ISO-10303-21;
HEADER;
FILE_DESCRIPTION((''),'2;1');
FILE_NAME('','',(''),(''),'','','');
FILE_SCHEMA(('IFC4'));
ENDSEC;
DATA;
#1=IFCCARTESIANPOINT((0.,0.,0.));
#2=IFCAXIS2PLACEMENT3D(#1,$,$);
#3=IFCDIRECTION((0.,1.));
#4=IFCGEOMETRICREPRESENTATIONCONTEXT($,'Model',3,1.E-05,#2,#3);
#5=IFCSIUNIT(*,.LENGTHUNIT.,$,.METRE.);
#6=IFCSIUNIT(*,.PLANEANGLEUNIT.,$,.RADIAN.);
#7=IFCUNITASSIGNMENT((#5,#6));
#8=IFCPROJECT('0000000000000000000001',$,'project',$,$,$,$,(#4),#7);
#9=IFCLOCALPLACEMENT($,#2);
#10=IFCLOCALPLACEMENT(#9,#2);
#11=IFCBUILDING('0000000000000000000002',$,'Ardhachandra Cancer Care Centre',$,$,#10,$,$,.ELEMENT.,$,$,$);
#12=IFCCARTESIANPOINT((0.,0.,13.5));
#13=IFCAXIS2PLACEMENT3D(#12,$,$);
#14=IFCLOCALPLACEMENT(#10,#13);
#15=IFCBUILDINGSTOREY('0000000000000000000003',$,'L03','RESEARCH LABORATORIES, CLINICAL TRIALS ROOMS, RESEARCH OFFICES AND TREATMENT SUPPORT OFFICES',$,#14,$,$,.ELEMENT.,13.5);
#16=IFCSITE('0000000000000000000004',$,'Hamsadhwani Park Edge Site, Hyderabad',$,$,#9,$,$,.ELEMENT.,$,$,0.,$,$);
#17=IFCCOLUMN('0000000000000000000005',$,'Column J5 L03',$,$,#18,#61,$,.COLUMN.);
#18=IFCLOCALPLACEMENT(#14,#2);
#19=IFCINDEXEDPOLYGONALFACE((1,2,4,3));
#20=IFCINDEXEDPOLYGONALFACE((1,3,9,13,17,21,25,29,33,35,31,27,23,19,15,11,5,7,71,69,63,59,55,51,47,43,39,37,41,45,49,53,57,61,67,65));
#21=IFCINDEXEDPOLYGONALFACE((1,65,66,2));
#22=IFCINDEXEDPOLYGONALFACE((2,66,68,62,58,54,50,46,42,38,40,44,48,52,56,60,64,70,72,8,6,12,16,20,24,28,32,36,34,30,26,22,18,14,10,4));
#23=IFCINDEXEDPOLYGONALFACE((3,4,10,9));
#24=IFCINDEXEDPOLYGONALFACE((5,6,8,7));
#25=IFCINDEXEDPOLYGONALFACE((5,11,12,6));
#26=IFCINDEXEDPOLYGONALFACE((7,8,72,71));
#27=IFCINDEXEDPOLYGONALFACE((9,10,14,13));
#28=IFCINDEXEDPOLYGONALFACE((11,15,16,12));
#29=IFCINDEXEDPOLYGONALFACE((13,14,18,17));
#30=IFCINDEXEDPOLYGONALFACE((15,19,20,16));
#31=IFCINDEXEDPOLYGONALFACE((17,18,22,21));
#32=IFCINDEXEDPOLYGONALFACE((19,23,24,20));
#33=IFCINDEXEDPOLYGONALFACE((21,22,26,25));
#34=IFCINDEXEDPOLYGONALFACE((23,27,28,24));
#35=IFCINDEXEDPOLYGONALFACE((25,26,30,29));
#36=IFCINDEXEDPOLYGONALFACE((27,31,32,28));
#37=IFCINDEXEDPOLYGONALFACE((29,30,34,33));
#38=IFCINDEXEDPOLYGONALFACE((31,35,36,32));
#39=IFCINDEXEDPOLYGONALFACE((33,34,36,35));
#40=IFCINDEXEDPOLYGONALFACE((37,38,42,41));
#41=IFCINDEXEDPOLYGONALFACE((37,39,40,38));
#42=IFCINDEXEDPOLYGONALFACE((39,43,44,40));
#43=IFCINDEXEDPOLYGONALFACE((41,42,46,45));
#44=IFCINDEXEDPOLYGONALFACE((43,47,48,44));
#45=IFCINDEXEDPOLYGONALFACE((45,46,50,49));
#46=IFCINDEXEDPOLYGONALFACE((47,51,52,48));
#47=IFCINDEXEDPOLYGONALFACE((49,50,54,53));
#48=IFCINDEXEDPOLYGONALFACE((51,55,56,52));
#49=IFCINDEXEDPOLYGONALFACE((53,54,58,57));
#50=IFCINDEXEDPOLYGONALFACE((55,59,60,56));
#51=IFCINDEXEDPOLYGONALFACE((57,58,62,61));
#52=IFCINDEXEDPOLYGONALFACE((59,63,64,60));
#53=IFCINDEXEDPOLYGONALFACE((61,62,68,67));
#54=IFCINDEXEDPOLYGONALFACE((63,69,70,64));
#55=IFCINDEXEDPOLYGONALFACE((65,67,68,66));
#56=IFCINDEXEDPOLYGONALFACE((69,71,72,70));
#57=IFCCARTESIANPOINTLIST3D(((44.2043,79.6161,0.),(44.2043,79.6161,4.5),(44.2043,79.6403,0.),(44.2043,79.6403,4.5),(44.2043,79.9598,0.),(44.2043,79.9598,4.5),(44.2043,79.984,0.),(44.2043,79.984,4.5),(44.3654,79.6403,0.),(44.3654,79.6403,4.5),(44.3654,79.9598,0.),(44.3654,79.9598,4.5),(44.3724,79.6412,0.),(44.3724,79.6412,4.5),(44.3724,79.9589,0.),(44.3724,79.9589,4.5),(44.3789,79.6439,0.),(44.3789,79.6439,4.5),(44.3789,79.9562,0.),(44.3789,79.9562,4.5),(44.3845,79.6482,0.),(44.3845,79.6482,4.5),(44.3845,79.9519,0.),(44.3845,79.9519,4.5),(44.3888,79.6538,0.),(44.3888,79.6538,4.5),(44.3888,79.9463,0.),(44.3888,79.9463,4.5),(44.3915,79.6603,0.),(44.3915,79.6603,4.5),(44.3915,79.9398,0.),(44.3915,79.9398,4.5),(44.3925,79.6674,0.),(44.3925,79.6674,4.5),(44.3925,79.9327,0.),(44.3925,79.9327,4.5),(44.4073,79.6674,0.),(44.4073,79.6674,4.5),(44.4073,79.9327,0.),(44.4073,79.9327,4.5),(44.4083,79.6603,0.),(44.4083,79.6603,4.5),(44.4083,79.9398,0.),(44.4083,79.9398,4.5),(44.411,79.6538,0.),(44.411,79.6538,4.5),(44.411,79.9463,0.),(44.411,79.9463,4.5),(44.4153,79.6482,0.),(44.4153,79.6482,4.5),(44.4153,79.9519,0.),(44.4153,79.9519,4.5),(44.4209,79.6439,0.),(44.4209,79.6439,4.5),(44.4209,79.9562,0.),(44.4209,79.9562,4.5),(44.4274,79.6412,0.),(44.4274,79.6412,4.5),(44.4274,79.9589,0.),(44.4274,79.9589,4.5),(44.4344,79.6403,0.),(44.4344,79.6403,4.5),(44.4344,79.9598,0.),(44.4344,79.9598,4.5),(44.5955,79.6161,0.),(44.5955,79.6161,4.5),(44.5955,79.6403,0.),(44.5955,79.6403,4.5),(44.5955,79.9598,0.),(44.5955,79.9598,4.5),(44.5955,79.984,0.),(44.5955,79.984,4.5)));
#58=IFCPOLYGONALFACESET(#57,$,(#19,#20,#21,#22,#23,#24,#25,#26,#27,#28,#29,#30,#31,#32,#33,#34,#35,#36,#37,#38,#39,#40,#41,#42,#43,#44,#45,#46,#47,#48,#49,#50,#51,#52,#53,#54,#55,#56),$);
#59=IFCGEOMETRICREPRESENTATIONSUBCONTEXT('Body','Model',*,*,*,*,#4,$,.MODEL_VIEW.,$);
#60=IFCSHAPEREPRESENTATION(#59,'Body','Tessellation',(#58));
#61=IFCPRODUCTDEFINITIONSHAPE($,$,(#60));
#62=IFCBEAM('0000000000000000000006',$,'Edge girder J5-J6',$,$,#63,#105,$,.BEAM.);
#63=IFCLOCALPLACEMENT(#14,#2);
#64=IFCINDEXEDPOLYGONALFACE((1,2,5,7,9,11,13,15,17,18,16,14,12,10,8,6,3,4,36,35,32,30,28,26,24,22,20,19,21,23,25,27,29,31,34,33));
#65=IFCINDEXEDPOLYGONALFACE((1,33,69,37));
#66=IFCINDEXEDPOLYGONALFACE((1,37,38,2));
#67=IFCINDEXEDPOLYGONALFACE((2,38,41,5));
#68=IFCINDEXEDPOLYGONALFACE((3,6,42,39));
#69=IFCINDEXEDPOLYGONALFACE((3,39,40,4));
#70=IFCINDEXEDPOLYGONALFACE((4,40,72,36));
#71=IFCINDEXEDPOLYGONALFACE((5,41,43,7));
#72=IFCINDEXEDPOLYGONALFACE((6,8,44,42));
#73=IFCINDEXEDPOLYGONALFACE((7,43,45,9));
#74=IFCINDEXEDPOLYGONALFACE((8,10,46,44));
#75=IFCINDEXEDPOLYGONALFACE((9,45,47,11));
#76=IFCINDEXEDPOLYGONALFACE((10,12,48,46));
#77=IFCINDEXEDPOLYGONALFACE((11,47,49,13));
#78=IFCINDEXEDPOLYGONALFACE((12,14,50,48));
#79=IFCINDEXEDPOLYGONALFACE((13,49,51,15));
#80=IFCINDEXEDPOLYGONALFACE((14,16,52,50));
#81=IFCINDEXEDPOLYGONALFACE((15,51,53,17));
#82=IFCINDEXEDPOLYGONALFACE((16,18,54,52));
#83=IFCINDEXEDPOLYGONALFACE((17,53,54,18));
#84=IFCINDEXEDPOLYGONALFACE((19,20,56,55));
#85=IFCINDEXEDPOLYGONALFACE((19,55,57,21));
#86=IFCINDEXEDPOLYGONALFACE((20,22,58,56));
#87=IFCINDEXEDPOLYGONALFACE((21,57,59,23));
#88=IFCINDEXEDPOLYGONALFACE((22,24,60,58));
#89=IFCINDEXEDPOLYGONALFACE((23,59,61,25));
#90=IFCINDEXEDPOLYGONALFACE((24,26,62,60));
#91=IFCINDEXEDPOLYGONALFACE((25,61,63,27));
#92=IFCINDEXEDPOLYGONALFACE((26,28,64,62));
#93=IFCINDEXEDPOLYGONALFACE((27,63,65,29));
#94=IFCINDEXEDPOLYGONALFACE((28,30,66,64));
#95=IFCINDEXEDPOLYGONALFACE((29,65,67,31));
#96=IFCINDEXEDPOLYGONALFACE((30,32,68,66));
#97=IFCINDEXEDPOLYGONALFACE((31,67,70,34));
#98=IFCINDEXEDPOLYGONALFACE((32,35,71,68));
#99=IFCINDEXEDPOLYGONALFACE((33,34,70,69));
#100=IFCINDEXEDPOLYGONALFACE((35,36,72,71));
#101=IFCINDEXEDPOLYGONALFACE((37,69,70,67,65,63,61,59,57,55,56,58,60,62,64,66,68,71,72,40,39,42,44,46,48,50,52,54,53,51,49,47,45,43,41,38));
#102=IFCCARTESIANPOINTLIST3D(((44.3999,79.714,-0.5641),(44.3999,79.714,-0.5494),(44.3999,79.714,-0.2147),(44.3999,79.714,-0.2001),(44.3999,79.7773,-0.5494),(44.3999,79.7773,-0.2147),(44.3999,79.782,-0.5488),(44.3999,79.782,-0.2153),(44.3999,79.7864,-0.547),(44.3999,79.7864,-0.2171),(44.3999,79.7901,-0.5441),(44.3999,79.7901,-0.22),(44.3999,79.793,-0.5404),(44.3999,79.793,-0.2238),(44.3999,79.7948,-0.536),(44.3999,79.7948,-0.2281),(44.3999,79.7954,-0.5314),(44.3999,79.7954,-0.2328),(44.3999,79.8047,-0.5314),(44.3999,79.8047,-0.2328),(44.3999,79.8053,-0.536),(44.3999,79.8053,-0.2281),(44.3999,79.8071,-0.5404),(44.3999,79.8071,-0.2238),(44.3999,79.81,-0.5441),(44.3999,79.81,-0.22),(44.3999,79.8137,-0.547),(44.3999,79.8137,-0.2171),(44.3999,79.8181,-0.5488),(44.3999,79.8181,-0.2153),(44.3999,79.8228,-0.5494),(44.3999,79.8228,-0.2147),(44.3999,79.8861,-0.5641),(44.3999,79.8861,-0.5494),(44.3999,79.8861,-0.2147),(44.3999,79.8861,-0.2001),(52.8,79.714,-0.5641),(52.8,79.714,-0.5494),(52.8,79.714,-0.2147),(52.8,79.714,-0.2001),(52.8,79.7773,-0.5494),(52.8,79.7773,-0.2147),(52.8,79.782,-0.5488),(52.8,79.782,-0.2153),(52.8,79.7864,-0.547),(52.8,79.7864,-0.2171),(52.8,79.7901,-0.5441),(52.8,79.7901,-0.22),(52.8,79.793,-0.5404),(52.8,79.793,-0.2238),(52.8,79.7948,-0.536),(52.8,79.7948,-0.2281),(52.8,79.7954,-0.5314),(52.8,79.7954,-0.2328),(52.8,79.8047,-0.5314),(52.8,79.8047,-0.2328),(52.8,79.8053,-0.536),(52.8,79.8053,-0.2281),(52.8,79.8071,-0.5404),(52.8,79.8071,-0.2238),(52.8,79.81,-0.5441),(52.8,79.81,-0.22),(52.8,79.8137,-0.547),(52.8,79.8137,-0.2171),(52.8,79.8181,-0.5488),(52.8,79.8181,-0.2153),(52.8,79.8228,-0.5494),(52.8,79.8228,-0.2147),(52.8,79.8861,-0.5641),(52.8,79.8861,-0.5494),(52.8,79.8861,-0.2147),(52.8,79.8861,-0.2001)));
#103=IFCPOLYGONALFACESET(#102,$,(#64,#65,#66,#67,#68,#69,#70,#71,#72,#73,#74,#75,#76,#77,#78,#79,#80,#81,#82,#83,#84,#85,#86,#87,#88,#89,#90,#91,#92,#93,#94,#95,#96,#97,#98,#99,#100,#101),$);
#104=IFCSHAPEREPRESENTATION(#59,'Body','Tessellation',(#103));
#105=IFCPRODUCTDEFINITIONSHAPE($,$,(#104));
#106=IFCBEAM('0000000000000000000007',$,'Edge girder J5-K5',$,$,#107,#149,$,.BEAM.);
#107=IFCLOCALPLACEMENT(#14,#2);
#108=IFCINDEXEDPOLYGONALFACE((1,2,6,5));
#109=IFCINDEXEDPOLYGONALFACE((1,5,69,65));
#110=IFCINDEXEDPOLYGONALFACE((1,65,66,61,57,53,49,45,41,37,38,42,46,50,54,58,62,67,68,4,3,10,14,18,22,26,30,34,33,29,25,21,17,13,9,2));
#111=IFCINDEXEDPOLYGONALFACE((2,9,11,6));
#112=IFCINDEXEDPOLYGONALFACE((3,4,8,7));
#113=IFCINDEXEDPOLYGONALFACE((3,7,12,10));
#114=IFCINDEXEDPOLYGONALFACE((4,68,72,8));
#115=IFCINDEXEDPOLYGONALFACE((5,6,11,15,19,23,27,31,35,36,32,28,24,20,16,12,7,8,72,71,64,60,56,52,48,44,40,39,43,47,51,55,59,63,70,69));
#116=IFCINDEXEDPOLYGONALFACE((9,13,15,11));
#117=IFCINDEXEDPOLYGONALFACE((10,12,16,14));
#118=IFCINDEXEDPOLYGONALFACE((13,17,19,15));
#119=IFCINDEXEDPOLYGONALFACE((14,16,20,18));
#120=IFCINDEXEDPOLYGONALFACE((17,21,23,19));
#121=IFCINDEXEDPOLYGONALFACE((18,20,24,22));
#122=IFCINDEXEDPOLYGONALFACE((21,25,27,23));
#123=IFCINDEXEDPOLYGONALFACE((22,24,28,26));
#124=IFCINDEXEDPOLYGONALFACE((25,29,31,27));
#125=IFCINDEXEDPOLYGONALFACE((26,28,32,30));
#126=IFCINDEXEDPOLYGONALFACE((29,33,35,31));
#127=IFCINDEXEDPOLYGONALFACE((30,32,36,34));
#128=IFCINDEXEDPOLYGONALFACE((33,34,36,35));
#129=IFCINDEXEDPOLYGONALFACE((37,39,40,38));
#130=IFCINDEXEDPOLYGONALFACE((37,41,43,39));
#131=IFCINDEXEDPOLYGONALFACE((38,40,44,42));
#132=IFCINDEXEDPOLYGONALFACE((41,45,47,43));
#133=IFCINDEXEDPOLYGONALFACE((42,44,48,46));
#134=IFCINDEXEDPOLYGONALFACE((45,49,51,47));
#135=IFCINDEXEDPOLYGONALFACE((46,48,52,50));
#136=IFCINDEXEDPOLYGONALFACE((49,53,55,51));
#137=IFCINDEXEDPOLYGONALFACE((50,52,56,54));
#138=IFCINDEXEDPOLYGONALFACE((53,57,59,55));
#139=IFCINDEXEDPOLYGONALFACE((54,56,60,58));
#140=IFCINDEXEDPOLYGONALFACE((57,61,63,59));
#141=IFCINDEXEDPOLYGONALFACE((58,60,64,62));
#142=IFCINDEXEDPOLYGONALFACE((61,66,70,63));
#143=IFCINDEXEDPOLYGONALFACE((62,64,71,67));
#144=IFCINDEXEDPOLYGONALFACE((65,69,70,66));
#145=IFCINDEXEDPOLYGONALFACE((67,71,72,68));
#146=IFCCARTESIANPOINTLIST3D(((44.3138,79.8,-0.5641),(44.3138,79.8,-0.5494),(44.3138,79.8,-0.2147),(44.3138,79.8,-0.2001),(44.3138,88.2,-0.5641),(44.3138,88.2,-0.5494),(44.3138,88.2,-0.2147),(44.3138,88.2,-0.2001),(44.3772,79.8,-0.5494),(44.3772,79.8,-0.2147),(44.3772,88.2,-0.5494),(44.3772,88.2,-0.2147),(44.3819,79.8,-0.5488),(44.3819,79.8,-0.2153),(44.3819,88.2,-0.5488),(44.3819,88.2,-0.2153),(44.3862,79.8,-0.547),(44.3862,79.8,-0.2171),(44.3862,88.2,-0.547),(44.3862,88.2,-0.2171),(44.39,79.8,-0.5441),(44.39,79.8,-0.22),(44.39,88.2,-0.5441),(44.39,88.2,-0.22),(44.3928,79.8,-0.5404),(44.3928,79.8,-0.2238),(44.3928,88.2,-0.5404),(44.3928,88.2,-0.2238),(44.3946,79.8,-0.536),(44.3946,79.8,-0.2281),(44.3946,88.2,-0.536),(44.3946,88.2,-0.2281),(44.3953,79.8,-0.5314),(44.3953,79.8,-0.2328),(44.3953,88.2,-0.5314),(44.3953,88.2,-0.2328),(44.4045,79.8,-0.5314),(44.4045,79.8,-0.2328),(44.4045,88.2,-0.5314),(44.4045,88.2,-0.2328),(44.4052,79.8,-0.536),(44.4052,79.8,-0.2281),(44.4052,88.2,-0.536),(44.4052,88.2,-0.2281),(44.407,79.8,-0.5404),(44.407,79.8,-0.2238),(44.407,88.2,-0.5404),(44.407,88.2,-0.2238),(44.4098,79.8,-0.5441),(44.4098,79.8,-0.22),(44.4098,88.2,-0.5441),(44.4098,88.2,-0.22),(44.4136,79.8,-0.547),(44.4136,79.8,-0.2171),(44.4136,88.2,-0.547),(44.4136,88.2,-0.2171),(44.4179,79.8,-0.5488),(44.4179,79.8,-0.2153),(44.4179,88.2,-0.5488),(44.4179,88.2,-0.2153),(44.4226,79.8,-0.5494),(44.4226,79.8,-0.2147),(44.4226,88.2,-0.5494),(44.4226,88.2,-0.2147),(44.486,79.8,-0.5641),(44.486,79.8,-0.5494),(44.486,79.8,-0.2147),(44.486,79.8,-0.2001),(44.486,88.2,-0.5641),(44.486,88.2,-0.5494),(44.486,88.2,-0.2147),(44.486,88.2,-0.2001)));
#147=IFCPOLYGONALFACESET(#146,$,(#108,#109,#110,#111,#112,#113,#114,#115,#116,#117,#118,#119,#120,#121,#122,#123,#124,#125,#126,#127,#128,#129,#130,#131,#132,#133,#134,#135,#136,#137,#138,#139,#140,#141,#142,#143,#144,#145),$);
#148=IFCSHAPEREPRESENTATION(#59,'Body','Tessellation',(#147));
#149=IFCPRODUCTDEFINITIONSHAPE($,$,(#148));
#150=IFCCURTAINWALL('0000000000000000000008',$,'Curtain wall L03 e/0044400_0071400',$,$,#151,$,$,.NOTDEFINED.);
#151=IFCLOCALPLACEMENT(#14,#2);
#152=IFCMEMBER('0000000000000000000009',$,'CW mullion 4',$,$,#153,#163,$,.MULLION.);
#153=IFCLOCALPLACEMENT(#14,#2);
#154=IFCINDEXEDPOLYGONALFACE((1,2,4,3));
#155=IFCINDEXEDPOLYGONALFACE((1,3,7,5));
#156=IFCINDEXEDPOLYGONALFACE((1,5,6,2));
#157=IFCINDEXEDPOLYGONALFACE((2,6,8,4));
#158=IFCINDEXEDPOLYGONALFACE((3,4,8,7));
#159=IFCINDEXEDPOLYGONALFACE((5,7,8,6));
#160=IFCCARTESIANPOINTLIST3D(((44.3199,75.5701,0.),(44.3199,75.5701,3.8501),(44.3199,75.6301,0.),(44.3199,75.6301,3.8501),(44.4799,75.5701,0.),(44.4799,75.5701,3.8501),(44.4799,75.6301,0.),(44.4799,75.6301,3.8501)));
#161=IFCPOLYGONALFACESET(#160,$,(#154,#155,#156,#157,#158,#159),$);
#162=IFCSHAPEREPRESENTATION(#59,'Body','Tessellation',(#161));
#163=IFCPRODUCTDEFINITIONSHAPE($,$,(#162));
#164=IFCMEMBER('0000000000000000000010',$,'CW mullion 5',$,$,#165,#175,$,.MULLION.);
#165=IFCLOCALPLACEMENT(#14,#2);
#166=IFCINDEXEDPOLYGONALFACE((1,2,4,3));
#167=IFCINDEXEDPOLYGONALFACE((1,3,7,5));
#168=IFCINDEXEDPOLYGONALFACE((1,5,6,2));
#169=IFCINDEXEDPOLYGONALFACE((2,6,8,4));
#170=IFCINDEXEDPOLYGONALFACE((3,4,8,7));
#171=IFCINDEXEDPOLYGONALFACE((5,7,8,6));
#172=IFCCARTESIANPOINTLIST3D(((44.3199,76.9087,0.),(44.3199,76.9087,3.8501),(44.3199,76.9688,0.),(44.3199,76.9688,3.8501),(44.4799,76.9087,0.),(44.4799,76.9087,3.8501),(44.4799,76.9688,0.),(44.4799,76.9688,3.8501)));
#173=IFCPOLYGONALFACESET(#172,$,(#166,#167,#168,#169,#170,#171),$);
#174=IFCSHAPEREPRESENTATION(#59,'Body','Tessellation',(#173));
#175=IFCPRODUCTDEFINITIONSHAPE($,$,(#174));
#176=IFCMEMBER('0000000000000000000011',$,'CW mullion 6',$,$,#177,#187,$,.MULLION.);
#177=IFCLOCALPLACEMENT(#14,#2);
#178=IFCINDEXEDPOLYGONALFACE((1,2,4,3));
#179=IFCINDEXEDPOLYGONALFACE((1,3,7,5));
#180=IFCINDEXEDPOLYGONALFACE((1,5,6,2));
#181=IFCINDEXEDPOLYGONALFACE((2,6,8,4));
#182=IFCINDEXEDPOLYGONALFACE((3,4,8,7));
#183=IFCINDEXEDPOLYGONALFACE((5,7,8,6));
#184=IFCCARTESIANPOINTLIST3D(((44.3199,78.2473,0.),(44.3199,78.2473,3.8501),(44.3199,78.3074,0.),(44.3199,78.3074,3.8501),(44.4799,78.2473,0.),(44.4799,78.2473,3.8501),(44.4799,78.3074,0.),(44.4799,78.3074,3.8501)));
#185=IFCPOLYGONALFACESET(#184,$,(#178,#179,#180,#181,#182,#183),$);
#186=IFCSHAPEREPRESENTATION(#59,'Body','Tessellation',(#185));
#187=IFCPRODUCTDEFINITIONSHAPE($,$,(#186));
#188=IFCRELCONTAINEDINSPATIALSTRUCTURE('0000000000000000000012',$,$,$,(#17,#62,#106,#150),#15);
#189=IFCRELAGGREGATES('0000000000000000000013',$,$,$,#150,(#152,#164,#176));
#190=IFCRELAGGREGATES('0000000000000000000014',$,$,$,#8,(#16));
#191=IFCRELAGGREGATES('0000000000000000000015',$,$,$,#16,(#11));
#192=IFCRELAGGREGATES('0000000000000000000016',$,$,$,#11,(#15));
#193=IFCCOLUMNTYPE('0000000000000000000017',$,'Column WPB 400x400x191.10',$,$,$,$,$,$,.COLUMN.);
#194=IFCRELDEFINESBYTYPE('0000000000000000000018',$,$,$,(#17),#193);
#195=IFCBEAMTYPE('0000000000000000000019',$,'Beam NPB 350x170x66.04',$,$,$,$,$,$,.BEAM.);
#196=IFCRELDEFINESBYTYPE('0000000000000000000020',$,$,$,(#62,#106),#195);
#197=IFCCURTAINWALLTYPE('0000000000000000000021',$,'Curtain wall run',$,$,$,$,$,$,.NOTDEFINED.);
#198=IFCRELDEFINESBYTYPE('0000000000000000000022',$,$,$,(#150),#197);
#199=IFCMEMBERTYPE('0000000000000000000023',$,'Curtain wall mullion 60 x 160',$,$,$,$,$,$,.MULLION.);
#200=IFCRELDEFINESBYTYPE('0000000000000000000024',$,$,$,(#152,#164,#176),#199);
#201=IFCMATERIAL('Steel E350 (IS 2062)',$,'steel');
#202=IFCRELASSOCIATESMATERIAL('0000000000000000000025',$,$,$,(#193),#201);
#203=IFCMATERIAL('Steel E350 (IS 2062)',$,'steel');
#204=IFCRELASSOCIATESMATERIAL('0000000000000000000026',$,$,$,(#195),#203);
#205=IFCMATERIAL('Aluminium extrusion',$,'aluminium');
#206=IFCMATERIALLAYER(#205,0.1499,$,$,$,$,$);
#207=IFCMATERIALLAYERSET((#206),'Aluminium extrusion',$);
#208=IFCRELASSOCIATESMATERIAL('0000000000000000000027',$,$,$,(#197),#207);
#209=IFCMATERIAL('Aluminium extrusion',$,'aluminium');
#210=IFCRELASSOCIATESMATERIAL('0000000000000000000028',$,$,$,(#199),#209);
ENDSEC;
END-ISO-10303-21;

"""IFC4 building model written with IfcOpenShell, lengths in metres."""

from ifc_helpers import new_model, si_unit, direction, frame, origin, origin_2d, place, context, subcontext, project, spatial, rectangle, i_section, extrude, material, layer, layer_set, material_profile, profile_set, type_object, element, aggregate, save


model = new_model("IFC4")

# Units and contexts
model_context = context("Model", 3, precision=1e-05, world=origin(), true_north=direction((0.0, 1.0)))
body_context = subcontext(model_context, "Body", "Model", "MODEL_VIEW")
ifc_project = project(units=[si_unit("LENGTHUNIT", "METRE"), si_unit("PLANEANGLEUNIT", "RADIAN")], contexts=[model_context])

# Site, building, storey
site_placement = place(None, origin())
site = spatial("IfcSite", under=ifc_project, at=site_placement, Name="Hamsadhwani Park Edge Site, Hyderabad", CompositionType="ELEMENT", RefElevation=0.0)
building_placement = place(site_placement, origin())
building = spatial("IfcBuilding", under=site, at=building_placement, Name="Ardhachandra Cancer Care Centre", CompositionType="ELEMENT")
storey_placement = place(building_placement, frame((0.0, 0.0, 13.5)))
storey = spatial("IfcBuildingStorey", under=building, at=storey_placement, Name="L03", Description="RESEARCH LABORATORIES, CLINICAL TRIALS ROOMS, RESEARCH OFFICES AND TREATMENT SUPPORT OFFICES", CompositionType="ELEMENT", Elevation=13.5)

# Column
ifc_material_1 = material(Name="Steel E350 (IS 2062)", Category="steel")
ifc_material_profile_1 = material_profile(ifc_material_1, i_section(OverallWidth=0.3911, OverallDepth=0.3679, WebThickness=0.0149, FlangeThickness=0.0242, FilletRadius=0.0271, at=origin_2d()), Name="WPB 400x400x191.10")
ifc_profile_set_1 = profile_set([ifc_material_profile_1], Name="Steel E350 (IS 2062)")
column_type = type_object("IfcColumnType", Name="Column WPB 400x400x191.10", PredefinedType="COLUMN", material=ifc_profile_set_1)
column_placement = place(storey_placement, frame((44.3999, 79.8, 0.0), z_axis=(0.0, 0.0, 1.0), x_axis=(1.0, 0.0, 0.0)))
element("IfcColumn", 1, at=column_placement, inside=storey, type_object=column_type, Name="Column J5 L03", PredefinedType="COLUMN", context=body_context, shape_type="SweptSolid", body=[
    extrude(i_section(OverallWidth=0.3911, OverallDepth=0.3679, WebThickness=0.0149, FlangeThickness=0.0242, FilletRadius=0.0271, at=origin_2d()), origin(), (0.0, 0.0, 1.0), 4.5),
])

# Beams
ifc_material_2 = material(Name="Steel E350 (IS 2062)", Category="steel")
ifc_material_profile_2 = material_profile(ifc_material_2, i_section(OverallWidth=0.1721, OverallDepth=0.364, WebThickness=0.0093, FlangeThickness=0.0146, FilletRadius=0.0181, at=origin_2d()), Name="NPB 350x170x66.04")
ifc_profile_set_2 = profile_set([ifc_material_profile_2], Name="Steel E350 (IS 2062)")
beam_type = type_object("IfcBeamType", Name="Beam NPB 350x170x66.04", PredefinedType="BEAM", material=ifc_profile_set_2)
beam_1_placement = place(storey_placement, frame((44.3999, 79.8, -0.3821), z_axis=(1.0, 0.0, 0.0), x_axis=(0.0, 1.0, 0.0)))
element("IfcBeam", 2, at=beam_1_placement, inside=storey, type_object=beam_type, Name="Edge girder J5-J6", PredefinedType="BEAM", context=body_context, shape_type="SweptSolid", body=[
    extrude(i_section(OverallWidth=0.1721, OverallDepth=0.364, WebThickness=0.0093, FlangeThickness=0.0146, FilletRadius=0.0181, at=origin_2d()), origin(), (0.0, 0.0, 1.0), 8.4001),
])
beam_2_placement = place(storey_placement, frame((44.3999, 79.8, -0.3821), z_axis=(0.0, 1.0, 0.0), x_axis=(-1.0, 0.0, 0.0)))
element("IfcBeam", 3, at=beam_2_placement, inside=storey, type_object=beam_type, Name="Edge girder J5-K5", PredefinedType="BEAM", context=body_context, shape_type="SweptSolid", body=[
    extrude(i_section(OverallWidth=0.1721, OverallDepth=0.364, WebThickness=0.0093, FlangeThickness=0.0146, FilletRadius=0.0181, at=origin_2d()), origin(), (0.0, 0.0, 1.0), 8.3999),
])

# Curtain wall, members
ifc_material_3 = material(Name="Aluminium extrusion", Category="aluminium")
ifc_layer_1 = layer(ifc_material_3, 0.1499)
ifc_layer_set_1 = layer_set([ifc_layer_1], Name="Aluminium extrusion")
curtain_wall_type = type_object("IfcCurtainWallType", Name="Curtain wall run", PredefinedType="NOTDEFINED", material=ifc_layer_set_1)
curtain_wall_placement = place(storey_placement, origin())
curtain_wall = element("IfcCurtainWall", 4, at=curtain_wall_placement, inside=storey, type_object=curtain_wall_type, Name="Curtain wall L03 e/0044400_0071400", PredefinedType="NOTDEFINED")
ifc_material_4 = material(Name="Aluminium extrusion", Category="aluminium")
ifc_material_profile_3 = material_profile(ifc_material_4, rectangle(XDim=0.1599, YDim=0.0601, at=origin_2d()), Name="Curtain wall mullion 60 x 160")
ifc_profile_set_3 = profile_set([ifc_material_profile_3], Name="Aluminium extrusion")
member_type_1 = type_object("IfcMemberType", Name="Curtain wall mullion 60 x 160", PredefinedType="MULLION", material=ifc_profile_set_3)
member_1_placement = place(storey_placement, frame((44.3999, 75.6001, 0.0), z_axis=(0.0, 0.0, 1.0), x_axis=(-1.0, 0.0, 0.0)))
member_1 = element("IfcMember", 5, at=member_1_placement, type_object=member_type_1, Name="CW mullion 4", PredefinedType="MULLION", context=body_context, shape_type="SweptSolid", body=[
    extrude(rectangle(XDim=0.1599, YDim=0.0601, at=origin_2d()), origin(), (0.0, 0.0, 1.0), 3.8501),
])
member_2_placement = place(storey_placement, frame((44.3999, 76.9387, 0.0), z_axis=(0.0, 0.0, 1.0), x_axis=(-1.0, 0.0, 0.0)))
member_2 = element("IfcMember", 6, at=member_2_placement, type_object=member_type_1, Name="CW mullion 5", PredefinedType="MULLION", context=body_context, shape_type="SweptSolid", body=[
    extrude(rectangle(XDim=0.1599, YDim=0.0601, at=origin_2d()), origin(), (0.0, 0.0, 1.0), 3.8501),
])
member_3_placement = place(storey_placement, frame((44.3999, 78.2773, 0.0), z_axis=(0.0, 0.0, 1.0), x_axis=(-1.0, 0.0, 0.0)))
member_3 = element("IfcMember", 7, at=member_3_placement, type_object=member_type_1, Name="CW mullion 6", PredefinedType="MULLION", context=body_context, shape_type="SweptSolid", body=[
    extrude(rectangle(XDim=0.1599, YDim=0.0601, at=origin_2d()), origin(), (0.0, 0.0, 1.0), 3.8501),
])
aggregate(curtain_wall, [member_1, member_2, member_3])

save(model, "model.ifc")
